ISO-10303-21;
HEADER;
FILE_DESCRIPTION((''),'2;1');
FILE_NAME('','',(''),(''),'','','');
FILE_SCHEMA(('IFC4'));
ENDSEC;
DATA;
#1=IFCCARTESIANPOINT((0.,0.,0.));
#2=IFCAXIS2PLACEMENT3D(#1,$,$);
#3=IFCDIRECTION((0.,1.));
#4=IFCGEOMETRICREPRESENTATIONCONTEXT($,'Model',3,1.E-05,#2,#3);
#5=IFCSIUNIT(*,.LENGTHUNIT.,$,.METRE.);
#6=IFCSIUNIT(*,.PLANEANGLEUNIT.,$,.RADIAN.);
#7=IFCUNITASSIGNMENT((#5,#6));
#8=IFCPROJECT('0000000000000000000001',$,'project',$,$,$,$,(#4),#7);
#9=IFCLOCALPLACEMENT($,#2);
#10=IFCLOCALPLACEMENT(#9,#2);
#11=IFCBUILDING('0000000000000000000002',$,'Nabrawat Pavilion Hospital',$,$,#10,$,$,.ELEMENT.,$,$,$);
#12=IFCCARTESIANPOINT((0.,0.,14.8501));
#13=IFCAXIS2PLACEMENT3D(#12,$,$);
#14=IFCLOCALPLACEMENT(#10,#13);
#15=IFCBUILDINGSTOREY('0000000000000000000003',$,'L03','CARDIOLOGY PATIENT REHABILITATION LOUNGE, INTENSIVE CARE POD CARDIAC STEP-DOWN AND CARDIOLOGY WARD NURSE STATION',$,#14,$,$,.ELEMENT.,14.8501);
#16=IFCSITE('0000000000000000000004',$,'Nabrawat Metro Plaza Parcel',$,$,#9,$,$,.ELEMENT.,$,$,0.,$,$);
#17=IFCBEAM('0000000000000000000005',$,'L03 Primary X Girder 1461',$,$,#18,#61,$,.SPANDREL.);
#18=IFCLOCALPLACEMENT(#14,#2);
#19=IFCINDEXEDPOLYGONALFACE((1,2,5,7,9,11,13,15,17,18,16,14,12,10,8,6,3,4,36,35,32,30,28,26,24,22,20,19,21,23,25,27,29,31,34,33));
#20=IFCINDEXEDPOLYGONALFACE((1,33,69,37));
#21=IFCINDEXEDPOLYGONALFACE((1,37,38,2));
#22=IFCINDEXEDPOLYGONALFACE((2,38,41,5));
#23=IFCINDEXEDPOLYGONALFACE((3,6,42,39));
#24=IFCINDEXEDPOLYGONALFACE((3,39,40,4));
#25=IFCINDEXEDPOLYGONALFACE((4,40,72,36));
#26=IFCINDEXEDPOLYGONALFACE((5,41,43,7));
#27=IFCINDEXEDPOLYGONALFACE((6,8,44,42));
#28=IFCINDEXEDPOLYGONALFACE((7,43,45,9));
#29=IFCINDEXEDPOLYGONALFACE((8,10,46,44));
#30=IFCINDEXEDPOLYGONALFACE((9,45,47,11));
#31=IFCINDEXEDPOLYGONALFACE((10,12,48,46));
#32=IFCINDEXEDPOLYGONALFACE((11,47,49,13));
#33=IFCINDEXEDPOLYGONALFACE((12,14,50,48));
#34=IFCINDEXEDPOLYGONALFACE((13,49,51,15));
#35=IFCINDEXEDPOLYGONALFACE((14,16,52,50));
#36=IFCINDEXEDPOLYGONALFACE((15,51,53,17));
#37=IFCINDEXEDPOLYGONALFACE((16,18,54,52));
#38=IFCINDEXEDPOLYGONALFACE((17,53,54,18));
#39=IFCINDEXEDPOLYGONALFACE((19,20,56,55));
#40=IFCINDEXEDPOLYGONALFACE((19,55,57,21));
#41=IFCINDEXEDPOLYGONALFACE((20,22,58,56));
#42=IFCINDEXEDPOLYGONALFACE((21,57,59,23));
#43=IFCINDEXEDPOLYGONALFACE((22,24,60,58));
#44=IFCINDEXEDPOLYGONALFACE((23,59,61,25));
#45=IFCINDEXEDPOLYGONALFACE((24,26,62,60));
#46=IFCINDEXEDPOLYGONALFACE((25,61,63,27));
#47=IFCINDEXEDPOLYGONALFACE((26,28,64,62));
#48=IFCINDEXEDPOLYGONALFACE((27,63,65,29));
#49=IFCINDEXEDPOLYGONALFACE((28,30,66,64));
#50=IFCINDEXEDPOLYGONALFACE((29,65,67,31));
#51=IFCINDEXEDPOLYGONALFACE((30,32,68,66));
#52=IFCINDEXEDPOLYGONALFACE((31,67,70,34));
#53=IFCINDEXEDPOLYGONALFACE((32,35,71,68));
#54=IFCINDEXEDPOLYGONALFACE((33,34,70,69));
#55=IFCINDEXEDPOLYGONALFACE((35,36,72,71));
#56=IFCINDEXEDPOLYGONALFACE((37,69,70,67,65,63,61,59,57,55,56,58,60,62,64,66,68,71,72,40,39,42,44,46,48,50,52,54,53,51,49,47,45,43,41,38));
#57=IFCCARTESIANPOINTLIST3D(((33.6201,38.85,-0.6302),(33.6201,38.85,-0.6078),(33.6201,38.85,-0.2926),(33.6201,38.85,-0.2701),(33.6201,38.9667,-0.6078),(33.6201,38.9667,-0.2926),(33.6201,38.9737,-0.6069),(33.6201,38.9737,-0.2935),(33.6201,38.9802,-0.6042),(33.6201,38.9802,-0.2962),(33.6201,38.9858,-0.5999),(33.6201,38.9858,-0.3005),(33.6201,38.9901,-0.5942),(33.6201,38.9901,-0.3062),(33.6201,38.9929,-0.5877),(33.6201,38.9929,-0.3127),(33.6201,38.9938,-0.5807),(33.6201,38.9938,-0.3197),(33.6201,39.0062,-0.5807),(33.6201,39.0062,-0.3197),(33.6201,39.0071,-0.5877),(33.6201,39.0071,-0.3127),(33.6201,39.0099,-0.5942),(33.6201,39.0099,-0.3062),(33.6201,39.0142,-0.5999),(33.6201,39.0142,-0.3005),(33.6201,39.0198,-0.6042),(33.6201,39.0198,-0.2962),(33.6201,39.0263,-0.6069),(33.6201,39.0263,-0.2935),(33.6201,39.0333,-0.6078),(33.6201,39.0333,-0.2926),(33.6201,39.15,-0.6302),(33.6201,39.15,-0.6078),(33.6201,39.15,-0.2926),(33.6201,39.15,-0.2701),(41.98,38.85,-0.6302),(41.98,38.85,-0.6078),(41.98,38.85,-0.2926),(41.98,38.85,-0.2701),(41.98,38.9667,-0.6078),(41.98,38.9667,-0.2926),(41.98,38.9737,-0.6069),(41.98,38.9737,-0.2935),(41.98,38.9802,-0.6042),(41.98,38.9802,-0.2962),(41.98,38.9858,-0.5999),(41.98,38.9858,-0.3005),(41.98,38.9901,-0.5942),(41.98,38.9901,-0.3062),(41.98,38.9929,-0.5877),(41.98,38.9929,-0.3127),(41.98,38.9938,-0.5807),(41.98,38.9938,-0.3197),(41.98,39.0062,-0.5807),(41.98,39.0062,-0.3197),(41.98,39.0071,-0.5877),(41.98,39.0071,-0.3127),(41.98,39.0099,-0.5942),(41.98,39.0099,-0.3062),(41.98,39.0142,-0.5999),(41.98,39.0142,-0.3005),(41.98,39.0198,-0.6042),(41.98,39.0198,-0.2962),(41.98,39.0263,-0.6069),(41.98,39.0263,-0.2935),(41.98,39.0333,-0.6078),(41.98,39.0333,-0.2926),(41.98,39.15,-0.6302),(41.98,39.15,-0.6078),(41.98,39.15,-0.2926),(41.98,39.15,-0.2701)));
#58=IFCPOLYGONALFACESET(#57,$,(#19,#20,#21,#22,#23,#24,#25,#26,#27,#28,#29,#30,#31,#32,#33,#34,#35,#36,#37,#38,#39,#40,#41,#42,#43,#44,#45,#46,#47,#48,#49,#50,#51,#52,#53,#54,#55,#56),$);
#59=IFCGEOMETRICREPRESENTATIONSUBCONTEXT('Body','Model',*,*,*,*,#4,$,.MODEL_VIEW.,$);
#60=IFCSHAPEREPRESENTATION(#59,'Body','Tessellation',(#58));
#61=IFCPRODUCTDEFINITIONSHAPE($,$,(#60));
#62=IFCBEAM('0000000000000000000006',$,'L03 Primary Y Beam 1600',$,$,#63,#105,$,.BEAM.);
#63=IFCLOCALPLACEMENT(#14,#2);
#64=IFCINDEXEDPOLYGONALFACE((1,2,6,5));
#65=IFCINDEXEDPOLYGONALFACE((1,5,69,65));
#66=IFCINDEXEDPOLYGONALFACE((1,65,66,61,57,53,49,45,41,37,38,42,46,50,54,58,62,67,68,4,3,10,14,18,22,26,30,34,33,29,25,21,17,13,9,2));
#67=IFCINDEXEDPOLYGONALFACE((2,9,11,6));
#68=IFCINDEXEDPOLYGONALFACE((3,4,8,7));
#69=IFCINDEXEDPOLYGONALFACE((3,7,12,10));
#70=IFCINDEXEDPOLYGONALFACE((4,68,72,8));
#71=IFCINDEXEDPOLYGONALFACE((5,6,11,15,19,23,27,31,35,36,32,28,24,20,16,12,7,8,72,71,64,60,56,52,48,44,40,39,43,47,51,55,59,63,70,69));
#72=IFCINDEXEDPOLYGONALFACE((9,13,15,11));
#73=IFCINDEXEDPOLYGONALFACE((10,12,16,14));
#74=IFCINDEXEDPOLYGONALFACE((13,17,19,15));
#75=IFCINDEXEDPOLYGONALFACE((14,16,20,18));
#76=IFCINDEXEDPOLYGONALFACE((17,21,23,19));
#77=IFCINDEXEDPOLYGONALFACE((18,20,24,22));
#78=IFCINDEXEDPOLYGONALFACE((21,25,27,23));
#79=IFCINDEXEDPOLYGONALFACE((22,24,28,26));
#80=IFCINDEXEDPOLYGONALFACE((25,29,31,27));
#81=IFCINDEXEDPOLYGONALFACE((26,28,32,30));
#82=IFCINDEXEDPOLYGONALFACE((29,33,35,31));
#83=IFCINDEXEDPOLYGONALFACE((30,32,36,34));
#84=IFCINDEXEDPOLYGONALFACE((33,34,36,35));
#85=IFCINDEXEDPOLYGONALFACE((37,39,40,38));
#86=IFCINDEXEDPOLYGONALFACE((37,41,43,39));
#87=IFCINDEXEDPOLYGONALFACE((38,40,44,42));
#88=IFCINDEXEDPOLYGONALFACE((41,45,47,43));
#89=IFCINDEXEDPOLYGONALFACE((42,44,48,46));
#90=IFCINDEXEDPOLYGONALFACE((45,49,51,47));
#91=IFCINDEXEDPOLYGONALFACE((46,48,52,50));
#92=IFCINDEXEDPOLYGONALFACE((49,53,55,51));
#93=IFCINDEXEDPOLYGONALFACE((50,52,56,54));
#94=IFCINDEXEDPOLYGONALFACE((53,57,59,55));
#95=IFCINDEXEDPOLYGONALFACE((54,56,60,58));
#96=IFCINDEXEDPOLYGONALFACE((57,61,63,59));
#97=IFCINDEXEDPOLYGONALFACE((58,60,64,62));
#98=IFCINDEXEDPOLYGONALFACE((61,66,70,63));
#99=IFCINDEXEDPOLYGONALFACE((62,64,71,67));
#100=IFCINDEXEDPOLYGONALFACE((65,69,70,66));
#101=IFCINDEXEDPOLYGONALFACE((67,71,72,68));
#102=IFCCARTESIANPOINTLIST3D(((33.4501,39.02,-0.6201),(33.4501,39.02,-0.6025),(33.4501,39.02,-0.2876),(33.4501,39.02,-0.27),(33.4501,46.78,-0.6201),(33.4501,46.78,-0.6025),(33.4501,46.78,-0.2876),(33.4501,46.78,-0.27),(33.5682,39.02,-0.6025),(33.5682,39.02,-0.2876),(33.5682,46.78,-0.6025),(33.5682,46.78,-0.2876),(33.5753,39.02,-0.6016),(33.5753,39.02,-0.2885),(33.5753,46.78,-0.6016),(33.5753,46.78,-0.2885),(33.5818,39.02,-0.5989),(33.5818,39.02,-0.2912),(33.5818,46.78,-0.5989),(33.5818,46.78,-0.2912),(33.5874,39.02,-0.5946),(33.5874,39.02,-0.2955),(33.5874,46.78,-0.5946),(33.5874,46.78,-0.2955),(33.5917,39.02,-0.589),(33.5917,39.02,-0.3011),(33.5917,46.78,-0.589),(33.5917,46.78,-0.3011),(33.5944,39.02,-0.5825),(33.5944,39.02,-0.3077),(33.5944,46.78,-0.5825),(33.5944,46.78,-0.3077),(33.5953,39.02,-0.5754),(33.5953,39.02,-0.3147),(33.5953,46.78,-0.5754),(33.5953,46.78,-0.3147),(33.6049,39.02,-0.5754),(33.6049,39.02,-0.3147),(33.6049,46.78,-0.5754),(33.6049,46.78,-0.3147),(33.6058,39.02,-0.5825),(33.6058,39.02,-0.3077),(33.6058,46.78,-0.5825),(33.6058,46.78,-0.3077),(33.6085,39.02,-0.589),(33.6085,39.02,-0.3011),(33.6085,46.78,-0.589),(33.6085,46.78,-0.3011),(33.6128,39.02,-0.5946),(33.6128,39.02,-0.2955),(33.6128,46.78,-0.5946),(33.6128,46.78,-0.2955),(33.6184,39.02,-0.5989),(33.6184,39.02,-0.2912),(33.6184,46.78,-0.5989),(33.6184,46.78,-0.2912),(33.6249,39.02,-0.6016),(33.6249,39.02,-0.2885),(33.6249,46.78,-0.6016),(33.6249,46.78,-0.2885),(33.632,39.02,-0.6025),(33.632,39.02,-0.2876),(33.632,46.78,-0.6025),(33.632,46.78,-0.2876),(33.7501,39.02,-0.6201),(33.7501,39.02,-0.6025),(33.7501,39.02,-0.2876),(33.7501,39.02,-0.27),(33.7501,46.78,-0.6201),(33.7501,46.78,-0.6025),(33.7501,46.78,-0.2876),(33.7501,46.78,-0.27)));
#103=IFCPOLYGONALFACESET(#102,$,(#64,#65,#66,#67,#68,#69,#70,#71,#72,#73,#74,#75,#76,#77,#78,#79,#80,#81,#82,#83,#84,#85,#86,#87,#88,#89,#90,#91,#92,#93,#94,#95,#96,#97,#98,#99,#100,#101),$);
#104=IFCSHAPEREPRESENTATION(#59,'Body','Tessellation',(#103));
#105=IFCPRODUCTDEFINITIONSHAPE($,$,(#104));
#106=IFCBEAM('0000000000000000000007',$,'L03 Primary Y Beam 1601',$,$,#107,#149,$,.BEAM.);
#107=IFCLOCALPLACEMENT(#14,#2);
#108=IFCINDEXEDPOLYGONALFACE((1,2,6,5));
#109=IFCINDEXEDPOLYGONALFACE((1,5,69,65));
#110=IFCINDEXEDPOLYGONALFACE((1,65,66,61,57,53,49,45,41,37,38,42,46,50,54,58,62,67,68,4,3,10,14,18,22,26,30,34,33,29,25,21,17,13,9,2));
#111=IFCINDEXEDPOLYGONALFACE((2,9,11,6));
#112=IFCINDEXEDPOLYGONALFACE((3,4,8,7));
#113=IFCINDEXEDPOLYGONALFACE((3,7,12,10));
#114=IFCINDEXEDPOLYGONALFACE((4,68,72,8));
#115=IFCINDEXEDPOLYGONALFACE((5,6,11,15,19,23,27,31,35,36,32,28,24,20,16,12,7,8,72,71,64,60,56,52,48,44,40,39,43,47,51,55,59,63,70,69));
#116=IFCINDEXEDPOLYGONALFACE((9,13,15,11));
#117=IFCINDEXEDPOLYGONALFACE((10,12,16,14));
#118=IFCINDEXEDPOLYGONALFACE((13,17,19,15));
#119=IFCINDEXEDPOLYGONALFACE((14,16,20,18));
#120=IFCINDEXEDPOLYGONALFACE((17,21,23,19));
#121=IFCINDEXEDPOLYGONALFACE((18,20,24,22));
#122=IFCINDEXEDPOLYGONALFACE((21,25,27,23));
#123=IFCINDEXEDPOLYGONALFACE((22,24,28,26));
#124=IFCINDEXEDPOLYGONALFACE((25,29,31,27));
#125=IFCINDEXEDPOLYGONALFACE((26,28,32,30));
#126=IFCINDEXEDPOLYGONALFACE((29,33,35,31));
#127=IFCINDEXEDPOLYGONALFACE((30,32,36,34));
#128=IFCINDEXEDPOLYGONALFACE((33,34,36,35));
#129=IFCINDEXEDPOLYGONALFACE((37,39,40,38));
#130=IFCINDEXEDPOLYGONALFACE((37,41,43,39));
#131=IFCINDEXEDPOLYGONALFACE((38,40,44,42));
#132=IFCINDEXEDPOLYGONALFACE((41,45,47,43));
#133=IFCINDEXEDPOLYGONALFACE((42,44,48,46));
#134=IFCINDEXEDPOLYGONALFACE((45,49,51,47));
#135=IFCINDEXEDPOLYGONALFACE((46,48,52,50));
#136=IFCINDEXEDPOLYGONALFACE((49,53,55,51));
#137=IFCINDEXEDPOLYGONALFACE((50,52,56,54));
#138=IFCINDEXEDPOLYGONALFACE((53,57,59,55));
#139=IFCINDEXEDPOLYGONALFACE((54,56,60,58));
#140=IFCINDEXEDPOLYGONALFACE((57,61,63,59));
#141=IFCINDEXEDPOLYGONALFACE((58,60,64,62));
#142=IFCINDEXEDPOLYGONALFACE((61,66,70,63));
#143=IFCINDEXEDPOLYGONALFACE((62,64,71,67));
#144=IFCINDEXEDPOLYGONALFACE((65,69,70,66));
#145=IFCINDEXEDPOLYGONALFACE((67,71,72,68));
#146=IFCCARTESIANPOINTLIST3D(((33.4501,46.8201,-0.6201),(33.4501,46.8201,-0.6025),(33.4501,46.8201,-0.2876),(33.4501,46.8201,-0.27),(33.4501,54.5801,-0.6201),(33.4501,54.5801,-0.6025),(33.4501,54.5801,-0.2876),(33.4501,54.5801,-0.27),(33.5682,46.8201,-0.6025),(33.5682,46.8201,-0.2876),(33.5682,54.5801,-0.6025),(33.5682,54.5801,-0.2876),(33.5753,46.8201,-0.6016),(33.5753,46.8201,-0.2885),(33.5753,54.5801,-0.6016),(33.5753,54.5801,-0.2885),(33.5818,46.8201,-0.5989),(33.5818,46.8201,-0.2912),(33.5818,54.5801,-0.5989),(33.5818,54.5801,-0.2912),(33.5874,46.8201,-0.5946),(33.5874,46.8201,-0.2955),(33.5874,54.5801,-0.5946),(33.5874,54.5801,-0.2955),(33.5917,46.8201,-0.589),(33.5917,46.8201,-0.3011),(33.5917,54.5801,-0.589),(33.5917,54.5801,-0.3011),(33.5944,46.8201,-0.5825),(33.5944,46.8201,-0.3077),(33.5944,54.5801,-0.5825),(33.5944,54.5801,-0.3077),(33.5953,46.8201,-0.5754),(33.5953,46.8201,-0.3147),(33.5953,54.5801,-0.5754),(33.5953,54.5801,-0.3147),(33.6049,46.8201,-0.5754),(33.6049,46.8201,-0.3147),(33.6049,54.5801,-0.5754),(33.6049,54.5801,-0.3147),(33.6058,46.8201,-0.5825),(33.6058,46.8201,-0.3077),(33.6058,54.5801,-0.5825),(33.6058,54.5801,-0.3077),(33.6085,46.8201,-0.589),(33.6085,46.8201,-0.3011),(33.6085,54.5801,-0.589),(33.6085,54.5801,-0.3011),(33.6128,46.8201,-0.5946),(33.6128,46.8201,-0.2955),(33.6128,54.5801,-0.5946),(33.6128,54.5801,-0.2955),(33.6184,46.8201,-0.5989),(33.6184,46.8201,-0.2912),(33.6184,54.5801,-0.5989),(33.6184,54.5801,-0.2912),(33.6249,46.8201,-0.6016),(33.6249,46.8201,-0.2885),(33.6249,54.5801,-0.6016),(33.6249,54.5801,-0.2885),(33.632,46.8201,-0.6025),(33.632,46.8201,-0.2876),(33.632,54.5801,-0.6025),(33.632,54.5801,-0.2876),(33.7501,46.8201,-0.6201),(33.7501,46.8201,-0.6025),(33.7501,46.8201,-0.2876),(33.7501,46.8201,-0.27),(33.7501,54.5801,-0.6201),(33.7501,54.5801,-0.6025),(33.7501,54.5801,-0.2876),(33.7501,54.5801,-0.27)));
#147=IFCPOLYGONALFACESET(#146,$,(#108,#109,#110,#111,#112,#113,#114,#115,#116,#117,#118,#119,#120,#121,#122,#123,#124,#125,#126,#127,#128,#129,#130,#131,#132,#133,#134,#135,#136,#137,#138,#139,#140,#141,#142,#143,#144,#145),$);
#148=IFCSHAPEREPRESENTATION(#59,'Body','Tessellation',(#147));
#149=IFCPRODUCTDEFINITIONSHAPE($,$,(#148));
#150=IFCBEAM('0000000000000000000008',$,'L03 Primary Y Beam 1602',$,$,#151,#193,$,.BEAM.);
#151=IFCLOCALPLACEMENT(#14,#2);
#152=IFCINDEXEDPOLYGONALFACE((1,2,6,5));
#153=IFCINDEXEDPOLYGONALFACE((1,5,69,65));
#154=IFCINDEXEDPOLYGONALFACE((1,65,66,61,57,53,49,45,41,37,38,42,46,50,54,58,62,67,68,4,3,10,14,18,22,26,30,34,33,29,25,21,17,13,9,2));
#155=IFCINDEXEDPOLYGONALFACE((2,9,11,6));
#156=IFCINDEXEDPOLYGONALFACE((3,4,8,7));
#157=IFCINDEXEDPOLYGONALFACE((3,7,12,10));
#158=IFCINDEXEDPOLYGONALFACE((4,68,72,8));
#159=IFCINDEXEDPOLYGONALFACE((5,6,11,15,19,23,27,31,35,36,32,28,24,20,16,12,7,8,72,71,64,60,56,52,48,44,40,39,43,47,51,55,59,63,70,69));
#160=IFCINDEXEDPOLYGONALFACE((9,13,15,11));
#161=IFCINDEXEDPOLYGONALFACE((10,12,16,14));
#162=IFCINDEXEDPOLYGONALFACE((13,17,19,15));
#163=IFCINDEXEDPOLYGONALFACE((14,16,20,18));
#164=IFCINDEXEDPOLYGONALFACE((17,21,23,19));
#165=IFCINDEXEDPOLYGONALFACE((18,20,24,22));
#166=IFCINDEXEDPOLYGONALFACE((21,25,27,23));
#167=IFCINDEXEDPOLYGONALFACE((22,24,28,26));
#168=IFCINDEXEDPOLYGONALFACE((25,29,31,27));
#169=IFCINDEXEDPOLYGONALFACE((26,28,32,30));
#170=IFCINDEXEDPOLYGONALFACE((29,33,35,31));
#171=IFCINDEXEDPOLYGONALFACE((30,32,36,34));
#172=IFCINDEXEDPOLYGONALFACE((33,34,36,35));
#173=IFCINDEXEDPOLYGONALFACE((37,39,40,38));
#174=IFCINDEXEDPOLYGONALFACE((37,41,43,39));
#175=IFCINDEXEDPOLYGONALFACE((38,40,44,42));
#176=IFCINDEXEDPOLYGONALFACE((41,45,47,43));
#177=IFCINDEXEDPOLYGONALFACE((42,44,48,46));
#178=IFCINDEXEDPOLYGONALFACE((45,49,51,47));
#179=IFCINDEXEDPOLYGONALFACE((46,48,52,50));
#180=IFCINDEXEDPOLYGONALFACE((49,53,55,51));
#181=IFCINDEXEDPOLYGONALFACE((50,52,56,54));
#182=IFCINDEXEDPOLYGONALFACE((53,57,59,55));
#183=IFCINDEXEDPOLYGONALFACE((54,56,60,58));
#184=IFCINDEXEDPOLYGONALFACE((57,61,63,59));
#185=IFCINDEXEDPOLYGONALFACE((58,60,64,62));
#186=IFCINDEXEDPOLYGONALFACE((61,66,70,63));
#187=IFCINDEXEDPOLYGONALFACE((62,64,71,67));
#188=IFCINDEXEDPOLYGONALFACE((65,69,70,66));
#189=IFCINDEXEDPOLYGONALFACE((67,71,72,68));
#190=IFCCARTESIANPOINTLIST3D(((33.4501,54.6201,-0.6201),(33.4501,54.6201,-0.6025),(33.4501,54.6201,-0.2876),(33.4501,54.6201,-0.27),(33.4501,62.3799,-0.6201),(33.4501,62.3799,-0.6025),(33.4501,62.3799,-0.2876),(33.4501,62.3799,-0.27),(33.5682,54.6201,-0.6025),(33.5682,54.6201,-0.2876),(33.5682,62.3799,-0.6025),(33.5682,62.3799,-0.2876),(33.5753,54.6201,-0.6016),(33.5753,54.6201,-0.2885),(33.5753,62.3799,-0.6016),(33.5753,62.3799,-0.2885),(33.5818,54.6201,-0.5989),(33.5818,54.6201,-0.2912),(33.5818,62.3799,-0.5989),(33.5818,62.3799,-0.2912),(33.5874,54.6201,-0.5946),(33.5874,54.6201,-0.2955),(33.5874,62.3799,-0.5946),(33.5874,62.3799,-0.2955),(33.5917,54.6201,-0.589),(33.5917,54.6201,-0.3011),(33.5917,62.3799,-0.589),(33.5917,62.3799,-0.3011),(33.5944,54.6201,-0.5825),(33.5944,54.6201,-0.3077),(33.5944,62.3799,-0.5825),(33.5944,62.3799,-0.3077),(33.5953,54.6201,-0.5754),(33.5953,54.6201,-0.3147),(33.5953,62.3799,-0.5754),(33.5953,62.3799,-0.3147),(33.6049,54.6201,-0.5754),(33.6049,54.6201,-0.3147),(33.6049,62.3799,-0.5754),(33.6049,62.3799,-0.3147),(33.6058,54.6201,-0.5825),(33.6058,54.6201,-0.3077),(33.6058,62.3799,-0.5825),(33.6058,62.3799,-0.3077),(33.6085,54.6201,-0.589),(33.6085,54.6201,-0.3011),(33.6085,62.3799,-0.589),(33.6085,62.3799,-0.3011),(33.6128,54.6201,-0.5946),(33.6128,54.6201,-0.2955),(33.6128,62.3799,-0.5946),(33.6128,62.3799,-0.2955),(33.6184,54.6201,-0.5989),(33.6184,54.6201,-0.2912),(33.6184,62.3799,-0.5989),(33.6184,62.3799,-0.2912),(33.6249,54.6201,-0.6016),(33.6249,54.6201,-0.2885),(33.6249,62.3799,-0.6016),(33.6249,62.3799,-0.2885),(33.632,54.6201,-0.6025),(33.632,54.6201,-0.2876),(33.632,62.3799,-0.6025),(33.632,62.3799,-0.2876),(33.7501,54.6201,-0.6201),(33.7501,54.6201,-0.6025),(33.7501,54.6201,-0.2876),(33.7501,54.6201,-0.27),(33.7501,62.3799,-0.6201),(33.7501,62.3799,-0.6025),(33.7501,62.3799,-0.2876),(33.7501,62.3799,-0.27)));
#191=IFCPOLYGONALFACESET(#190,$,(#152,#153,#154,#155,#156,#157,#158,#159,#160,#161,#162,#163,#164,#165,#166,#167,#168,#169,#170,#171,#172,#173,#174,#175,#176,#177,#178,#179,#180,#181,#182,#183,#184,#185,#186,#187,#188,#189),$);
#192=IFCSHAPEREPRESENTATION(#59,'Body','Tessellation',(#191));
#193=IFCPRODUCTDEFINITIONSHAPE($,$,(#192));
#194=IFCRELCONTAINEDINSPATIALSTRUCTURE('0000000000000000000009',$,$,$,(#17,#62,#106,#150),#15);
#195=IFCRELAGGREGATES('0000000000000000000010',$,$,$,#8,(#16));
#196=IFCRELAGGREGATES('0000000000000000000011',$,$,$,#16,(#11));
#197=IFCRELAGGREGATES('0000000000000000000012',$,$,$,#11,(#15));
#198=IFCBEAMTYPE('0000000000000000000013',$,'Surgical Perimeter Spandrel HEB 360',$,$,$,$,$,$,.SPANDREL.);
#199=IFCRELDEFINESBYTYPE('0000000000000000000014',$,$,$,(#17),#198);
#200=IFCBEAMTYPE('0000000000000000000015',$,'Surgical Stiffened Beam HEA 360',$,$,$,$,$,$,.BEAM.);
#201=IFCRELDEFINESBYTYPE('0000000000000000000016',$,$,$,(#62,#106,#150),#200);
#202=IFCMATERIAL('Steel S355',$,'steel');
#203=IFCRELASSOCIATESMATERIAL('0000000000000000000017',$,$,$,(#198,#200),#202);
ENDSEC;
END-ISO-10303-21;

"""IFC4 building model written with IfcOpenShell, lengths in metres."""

from ifc_helpers import new_model, si_unit, direction, frame, origin, origin_2d, place, context, subcontext, project, spatial, i_section, extrude, material, material_profile, profile_set, type_object, element, save


model = new_model("IFC4")

# Units and contexts
model_context = context("Model", 3, precision=1e-05, world=origin(), true_north=direction((0.0, 1.0)))
body_context = subcontext(model_context, "Body", "Model", "MODEL_VIEW")
ifc_project = project(units=[si_unit("LENGTHUNIT", "METRE"), si_unit("PLANEANGLEUNIT", "RADIAN")], contexts=[model_context])

# Site, building, storey
site_placement = place(None, origin())
site = spatial("IfcSite", under=ifc_project, at=site_placement, Name="Nabrawat Metro Plaza Parcel", CompositionType="ELEMENT", RefElevation=0.0)
building_placement = place(site_placement, origin())
building = spatial("IfcBuilding", under=site, at=building_placement, Name="Nabrawat Pavilion Hospital", CompositionType="ELEMENT")
storey_placement = place(building_placement, frame((0.0, 0.0, 14.8501)))
storey = spatial("IfcBuildingStorey", under=building, at=storey_placement, Name="L03", Description="CARDIOLOGY PATIENT REHABILITATION LOUNGE, INTENSIVE CARE POD CARDIAC STEP-DOWN AND CARDIOLOGY WARD NURSE STATION", CompositionType="ELEMENT", Elevation=14.8501)

# Shared definitions
ifc_material_1 = material(Name="Steel S355", Category="steel")

# Beams
ifc_material_profile_1 = material_profile(ifc_material_1, i_section(OverallWidth=0.3, OverallDepth=0.3601, WebThickness=0.0125, FlangeThickness=0.0225, FilletRadius=0.0271, at=origin_2d()), Name="HEB 360")
ifc_profile_set_1 = profile_set([ifc_material_profile_1], Name="Steel S355")
beam_type_1 = type_object("IfcBeamType", Name="Surgical Perimeter Spandrel HEB 360", PredefinedType="SPANDREL", material=ifc_profile_set_1)
beam_1_placement = place(storey_placement, frame((33.6201, 39.0, -0.4502), z_axis=(1.0, 0.0, 0.0), x_axis=(0.0, 1.0, 0.0)))
element("IfcBeam", 1, at=beam_1_placement, inside=storey, type_object=beam_type_1, Name="L03 Primary X Girder 1461", PredefinedType="SPANDREL", context=body_context, shape_type="SweptSolid", body=[
    extrude(i_section(OverallWidth=0.3, OverallDepth=0.3601, WebThickness=0.0125, FlangeThickness=0.0225, FilletRadius=0.0271, at=origin_2d()), origin(), (0.0, 0.0, 1.0), 8.3599),
])
ifc_material_profile_2 = material_profile(ifc_material_1, i_section(OverallWidth=0.3, OverallDepth=0.3501, WebThickness=0.0095, FlangeThickness=0.0176, FilletRadius=0.0271, at=origin_2d()), Name="HEA 360")
ifc_profile_set_2 = profile_set([ifc_material_profile_2], Name="Steel S355")
beam_type_2 = type_object("IfcBeamType", Name="Surgical Stiffened Beam HEA 360", PredefinedType="BEAM", material=ifc_profile_set_2)
for number, where, z_axis, x_axis, name in (
    (2, (33.6001, 39.02, -0.4451), (0.0, 1.0, 0.0), (-1.0, 0.0, 0.0), "L03 Primary Y Beam 1600"),
    (3, (33.6001, 46.8201, -0.4451), (0.0, 1.0, 0.0), (-1.0, 0.0, 0.0), "L03 Primary Y Beam 1601"),
):
    element("IfcBeam", number, at=place(storey_placement, frame(where, z_axis=z_axis, x_axis=x_axis)), inside=storey, type_object=beam_type_2, Name=name, PredefinedType="BEAM", context=body_context, shape_type="SweptSolid", body=[
        extrude(i_section(OverallWidth=0.3, OverallDepth=0.3501, WebThickness=0.0095, FlangeThickness=0.0176, FilletRadius=0.0271, at=origin_2d()), origin(), (0.0, 0.0, 1.0), 7.76),
    ])
beam_2_placement = place(storey_placement, frame((33.6001, 54.6201, -0.4451), z_axis=(0.0, 1.0, 0.0), x_axis=(-1.0, 0.0, 0.0)))
element("IfcBeam", 4, at=beam_2_placement, inside=storey, type_object=beam_type_2, Name="L03 Primary Y Beam 1602", PredefinedType="BEAM", context=body_context, shape_type="SweptSolid", body=[
    extrude(i_section(OverallWidth=0.3, OverallDepth=0.3501, WebThickness=0.0095, FlangeThickness=0.0176, FilletRadius=0.0271, at=origin_2d()), origin(), (0.0, 0.0, 1.0), 7.7598),
])

save(model, "model.ifc")
